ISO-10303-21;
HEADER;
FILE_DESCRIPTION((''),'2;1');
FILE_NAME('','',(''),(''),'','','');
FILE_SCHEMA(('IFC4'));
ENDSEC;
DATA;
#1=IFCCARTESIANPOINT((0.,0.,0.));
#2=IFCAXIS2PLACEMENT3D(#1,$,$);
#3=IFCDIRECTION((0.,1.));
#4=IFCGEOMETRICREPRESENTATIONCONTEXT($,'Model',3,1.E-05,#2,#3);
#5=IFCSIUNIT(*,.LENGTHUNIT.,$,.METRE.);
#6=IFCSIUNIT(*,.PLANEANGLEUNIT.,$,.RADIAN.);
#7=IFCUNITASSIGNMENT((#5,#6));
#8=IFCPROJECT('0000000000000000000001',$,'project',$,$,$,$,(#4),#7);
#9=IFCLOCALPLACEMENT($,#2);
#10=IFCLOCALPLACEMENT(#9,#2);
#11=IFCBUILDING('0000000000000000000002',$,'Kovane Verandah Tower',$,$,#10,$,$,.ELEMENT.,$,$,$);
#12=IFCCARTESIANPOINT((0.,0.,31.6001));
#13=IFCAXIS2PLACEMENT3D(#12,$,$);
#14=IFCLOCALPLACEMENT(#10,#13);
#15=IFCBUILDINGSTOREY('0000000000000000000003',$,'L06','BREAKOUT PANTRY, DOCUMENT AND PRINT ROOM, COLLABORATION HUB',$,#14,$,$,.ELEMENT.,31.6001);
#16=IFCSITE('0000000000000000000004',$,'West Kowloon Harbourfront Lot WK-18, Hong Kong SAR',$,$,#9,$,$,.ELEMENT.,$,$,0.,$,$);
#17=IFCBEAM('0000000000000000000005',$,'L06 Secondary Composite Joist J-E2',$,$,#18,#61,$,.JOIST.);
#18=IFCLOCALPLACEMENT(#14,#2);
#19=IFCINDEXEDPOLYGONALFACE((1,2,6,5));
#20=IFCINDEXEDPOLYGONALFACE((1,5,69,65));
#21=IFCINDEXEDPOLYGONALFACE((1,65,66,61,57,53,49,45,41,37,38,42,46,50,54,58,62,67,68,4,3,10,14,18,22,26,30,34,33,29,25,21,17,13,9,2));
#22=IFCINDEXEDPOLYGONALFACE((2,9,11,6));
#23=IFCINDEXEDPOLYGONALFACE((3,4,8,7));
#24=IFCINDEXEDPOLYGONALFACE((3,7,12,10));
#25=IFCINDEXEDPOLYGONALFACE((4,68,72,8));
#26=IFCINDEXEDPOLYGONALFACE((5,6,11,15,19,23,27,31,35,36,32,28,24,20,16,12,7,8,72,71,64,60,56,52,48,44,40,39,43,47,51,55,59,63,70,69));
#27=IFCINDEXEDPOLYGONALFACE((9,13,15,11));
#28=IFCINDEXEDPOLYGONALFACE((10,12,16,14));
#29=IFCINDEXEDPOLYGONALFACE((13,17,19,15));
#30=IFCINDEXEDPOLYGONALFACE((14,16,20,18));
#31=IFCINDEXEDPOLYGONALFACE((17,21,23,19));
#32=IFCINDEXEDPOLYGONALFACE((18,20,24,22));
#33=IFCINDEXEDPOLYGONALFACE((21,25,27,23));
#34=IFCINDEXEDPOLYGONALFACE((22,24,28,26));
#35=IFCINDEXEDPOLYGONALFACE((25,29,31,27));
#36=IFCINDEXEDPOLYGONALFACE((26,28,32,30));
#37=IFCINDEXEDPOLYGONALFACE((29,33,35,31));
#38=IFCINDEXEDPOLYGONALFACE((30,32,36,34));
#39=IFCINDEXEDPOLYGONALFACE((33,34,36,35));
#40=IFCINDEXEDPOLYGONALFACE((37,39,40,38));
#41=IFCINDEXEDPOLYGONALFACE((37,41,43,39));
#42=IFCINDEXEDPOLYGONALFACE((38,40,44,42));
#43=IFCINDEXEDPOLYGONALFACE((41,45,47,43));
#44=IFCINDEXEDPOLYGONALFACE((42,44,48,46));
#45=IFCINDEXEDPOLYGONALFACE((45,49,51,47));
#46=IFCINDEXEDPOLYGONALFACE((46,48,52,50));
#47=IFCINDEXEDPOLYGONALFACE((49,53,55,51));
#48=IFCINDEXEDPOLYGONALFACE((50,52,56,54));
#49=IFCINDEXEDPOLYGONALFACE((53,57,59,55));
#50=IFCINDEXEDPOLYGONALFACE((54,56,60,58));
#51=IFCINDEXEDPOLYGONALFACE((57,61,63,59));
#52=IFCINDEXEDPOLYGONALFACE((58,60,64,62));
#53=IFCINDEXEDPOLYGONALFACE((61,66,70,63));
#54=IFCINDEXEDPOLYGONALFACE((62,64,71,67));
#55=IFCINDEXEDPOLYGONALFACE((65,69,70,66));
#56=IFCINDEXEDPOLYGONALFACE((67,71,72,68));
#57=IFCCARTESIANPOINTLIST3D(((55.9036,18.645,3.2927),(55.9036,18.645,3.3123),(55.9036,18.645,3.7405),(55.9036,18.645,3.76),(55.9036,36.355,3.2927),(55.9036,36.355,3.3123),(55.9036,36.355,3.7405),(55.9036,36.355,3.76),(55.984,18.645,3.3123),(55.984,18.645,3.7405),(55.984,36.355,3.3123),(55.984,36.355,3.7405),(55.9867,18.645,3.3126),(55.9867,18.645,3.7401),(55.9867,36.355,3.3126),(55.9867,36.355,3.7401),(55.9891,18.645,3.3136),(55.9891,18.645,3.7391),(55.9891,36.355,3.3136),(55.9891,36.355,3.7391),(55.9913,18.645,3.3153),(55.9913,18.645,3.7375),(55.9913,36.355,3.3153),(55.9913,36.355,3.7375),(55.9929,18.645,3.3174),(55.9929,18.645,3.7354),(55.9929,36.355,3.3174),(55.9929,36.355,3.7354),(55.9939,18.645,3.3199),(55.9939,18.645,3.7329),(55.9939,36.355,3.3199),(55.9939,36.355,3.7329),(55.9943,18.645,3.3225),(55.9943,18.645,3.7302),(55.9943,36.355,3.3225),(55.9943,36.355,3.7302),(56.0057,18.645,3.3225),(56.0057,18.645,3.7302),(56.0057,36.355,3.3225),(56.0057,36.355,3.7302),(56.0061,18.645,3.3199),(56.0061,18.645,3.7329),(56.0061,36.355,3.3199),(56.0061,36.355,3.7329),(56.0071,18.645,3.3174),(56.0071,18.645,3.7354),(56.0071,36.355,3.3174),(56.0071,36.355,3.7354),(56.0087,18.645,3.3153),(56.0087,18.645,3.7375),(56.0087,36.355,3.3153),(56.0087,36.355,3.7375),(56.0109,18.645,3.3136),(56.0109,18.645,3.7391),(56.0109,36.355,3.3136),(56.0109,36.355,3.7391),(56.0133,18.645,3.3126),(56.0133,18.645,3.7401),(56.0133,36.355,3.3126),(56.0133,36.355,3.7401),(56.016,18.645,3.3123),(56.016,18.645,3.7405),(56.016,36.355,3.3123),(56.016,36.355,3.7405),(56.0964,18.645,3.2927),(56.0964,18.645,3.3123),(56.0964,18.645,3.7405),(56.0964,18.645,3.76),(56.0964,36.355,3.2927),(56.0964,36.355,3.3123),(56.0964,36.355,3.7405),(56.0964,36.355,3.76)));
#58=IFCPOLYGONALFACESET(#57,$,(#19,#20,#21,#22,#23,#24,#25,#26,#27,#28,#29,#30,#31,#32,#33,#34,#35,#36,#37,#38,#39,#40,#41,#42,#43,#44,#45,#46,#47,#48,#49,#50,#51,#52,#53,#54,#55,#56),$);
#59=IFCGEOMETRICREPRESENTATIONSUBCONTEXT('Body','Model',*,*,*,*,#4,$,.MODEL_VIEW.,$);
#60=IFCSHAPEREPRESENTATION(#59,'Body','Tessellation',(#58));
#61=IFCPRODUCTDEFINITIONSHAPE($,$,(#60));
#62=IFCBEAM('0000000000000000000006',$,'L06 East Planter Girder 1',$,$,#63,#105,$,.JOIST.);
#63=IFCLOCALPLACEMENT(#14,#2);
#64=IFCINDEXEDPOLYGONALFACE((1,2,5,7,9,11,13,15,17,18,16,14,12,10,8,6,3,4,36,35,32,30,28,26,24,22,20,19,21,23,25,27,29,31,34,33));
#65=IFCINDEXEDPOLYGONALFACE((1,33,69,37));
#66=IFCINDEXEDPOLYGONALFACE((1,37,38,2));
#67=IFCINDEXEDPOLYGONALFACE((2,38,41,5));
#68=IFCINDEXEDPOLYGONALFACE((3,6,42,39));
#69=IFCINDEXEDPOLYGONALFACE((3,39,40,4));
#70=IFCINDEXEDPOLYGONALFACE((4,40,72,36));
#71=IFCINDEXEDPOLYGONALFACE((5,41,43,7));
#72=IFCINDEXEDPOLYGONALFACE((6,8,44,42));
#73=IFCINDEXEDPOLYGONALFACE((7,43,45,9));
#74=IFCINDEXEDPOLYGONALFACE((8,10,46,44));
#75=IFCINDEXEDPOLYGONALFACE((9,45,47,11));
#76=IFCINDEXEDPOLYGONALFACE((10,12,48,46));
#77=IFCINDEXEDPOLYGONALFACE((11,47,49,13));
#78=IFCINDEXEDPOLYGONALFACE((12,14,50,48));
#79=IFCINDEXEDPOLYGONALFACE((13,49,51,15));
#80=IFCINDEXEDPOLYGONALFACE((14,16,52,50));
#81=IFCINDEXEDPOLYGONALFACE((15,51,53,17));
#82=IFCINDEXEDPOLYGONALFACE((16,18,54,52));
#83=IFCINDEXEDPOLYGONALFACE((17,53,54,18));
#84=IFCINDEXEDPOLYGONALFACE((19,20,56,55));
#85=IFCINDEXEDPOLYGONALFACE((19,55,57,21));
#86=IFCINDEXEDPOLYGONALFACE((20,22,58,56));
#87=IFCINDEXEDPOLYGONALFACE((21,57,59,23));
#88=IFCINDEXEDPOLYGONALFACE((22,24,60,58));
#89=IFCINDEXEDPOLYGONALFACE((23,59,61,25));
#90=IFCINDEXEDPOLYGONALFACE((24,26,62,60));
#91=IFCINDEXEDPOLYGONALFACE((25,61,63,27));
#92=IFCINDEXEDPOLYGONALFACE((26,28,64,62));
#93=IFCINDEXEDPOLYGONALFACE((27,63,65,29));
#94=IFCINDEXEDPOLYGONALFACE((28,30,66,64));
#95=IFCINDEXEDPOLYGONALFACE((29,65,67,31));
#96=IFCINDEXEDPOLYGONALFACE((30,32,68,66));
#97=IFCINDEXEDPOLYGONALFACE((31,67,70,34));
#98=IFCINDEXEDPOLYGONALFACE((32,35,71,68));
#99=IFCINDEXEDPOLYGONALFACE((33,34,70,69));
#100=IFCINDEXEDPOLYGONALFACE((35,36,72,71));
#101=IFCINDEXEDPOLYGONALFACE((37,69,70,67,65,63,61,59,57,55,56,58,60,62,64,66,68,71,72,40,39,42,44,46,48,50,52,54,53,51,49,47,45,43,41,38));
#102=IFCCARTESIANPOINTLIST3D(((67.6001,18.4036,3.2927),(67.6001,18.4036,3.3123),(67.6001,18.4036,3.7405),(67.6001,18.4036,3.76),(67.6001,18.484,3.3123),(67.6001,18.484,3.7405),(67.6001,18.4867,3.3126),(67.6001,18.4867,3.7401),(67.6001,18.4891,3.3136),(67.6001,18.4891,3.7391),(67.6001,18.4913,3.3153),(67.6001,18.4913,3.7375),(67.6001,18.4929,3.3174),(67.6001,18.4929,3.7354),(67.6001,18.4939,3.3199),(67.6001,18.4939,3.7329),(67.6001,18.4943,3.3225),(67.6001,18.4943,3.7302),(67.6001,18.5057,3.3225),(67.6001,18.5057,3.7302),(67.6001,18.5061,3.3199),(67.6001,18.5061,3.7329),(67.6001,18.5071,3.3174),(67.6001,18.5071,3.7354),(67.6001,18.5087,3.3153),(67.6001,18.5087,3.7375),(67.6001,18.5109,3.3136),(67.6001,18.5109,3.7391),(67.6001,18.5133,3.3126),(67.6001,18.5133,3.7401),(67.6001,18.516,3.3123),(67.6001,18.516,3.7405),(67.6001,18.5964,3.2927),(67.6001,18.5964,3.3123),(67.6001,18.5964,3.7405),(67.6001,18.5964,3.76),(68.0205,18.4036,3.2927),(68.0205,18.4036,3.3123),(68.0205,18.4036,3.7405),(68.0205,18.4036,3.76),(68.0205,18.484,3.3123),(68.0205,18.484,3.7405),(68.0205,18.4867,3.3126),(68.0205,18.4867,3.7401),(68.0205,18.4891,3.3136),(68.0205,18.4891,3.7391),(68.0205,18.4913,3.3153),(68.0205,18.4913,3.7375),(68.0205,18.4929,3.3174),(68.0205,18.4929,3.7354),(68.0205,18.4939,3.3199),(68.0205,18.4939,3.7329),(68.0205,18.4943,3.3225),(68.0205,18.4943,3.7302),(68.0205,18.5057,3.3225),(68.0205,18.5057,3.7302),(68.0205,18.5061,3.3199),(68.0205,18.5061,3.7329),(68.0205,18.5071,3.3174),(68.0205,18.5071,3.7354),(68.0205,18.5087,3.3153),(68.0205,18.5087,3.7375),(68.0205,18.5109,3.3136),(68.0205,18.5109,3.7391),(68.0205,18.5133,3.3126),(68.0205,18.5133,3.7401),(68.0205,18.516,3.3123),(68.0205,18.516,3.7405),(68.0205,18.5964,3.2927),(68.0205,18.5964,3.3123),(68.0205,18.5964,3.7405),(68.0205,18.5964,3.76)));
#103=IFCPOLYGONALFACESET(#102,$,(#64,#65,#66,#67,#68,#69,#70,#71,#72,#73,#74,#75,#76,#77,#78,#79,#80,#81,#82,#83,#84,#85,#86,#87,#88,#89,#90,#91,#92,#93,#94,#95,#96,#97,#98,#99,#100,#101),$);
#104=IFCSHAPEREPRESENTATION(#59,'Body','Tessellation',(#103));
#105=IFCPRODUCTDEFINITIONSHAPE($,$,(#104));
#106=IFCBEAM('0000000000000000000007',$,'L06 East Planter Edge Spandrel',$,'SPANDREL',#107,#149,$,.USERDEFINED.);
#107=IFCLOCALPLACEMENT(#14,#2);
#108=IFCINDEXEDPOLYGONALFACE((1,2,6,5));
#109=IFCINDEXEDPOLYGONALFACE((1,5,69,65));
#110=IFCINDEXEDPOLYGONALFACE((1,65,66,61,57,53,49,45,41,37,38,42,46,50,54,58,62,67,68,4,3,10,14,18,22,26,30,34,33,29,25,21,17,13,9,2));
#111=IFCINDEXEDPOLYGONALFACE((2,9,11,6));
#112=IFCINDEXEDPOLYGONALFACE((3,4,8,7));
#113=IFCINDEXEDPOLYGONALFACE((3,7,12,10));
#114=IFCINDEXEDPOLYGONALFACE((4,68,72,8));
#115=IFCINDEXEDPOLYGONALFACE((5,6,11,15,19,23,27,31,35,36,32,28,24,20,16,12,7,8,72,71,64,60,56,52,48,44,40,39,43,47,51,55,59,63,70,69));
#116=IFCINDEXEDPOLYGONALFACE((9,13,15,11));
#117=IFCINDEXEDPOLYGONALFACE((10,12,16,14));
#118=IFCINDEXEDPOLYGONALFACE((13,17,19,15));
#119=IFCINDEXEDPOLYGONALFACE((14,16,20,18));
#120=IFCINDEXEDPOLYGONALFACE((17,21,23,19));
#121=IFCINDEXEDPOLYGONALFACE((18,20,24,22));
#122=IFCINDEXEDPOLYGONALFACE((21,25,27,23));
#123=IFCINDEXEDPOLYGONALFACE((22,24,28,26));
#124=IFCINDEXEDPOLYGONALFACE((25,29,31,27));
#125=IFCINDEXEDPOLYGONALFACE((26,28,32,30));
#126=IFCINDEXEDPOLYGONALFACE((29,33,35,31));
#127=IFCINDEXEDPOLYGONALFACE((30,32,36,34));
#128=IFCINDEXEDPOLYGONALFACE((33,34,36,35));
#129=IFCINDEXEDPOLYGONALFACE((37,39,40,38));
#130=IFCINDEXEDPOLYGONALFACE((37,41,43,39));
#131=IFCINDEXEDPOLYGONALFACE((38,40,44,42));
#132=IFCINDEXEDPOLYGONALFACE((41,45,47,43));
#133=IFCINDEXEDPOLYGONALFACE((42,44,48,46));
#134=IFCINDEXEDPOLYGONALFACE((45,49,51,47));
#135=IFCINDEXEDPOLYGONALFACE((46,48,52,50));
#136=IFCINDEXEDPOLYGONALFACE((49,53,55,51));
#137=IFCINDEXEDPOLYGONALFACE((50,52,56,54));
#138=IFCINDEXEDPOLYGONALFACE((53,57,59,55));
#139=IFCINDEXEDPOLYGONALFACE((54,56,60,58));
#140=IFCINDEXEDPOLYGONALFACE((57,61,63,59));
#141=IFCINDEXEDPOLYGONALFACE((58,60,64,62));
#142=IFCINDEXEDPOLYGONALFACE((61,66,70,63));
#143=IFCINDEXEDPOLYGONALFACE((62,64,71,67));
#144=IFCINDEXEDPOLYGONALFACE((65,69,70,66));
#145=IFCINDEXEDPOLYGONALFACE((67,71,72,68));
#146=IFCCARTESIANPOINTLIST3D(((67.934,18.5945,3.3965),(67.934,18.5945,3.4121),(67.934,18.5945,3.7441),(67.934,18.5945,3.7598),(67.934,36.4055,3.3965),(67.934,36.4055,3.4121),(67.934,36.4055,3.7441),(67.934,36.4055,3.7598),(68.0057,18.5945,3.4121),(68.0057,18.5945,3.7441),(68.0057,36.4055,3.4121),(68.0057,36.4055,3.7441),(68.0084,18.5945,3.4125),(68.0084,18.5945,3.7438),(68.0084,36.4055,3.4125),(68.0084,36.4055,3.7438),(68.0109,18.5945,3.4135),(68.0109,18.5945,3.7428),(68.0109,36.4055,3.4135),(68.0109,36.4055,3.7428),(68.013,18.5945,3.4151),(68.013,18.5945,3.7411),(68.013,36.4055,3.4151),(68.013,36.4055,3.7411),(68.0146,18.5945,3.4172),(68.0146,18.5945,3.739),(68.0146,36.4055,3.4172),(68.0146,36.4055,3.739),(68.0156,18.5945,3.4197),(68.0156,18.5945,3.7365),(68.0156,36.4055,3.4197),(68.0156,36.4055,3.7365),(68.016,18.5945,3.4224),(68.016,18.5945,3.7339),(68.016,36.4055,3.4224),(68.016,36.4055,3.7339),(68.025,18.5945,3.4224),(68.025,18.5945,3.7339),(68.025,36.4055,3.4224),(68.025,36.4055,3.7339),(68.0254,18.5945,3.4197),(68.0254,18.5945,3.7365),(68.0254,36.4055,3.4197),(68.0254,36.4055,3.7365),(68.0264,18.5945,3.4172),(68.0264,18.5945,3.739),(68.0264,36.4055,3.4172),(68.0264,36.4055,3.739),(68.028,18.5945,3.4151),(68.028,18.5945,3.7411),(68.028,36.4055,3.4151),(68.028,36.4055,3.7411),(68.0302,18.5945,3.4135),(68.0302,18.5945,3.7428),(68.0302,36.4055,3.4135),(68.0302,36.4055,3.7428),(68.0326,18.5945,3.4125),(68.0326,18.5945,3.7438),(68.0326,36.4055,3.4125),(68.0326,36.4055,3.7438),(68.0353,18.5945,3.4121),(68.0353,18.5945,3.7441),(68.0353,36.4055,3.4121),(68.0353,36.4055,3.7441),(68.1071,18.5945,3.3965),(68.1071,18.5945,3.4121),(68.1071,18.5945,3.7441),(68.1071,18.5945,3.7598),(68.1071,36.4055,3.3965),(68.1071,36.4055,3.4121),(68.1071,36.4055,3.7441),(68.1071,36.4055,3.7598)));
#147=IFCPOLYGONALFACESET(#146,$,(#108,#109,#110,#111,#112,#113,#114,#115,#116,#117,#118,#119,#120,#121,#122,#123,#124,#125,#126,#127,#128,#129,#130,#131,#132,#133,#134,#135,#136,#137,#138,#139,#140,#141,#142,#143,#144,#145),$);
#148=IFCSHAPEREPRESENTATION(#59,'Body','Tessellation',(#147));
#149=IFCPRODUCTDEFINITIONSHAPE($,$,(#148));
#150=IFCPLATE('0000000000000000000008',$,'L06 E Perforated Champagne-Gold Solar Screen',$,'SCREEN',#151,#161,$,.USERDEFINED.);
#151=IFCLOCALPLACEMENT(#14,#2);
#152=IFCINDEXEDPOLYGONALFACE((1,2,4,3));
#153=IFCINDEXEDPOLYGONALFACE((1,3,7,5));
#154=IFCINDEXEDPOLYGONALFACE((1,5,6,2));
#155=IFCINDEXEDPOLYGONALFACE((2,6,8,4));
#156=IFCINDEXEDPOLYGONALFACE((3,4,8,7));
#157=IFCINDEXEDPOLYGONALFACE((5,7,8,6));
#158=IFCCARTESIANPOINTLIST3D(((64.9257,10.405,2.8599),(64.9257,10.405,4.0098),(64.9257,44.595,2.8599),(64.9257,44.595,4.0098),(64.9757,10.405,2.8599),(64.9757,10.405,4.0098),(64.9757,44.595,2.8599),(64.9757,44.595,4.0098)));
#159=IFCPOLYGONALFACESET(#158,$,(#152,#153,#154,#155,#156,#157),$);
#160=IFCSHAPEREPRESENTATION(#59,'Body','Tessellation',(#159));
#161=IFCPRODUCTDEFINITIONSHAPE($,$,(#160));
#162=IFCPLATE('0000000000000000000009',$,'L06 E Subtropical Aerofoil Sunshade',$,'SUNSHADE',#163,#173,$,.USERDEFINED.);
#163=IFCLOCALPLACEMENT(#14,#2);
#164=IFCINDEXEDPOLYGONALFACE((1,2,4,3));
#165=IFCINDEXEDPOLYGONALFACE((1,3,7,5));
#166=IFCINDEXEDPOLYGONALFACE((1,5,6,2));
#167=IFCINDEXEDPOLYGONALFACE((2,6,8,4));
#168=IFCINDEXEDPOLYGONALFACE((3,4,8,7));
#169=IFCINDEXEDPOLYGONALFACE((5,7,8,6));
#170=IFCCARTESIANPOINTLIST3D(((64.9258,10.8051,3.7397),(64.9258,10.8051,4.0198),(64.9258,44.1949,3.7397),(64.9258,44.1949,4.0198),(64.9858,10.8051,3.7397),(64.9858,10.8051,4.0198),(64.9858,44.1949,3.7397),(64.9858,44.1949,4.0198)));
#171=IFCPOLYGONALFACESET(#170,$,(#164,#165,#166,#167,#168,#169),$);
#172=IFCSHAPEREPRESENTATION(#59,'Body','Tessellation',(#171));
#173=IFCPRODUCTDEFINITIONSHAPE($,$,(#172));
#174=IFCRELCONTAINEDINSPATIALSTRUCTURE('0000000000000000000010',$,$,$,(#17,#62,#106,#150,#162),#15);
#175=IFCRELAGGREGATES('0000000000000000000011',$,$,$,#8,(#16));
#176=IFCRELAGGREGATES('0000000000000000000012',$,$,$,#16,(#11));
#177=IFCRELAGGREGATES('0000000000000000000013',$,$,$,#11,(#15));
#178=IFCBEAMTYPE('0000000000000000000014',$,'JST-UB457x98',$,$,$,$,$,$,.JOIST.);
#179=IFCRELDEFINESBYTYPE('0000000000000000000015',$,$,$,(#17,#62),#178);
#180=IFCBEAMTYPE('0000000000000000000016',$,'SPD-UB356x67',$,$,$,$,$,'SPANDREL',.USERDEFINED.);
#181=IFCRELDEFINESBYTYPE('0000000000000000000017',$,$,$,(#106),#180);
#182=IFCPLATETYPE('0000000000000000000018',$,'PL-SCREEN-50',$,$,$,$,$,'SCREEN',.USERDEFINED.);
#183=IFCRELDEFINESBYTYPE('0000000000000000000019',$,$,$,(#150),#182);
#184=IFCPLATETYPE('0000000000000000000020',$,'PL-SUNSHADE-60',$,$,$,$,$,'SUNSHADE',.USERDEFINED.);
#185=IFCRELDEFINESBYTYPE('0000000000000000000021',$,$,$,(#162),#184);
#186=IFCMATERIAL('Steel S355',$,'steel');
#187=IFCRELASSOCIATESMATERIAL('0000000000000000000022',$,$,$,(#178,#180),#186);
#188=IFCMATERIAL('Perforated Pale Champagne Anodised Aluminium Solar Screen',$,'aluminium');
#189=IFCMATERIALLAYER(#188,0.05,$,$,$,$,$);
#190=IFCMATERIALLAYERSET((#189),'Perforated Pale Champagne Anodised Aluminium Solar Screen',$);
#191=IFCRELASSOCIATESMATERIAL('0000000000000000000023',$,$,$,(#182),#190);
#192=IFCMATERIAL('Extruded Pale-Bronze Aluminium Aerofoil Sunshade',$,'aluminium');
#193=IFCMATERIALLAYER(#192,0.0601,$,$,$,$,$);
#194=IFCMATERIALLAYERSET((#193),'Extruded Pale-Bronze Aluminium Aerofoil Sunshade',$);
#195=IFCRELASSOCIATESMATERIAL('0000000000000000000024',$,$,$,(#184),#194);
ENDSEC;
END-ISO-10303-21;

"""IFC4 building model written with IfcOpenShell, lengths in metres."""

from ifc_helpers import new_model, si_unit, direction, frame, origin, origin_2d, place, context, subcontext, project, spatial, rectangle, i_section, extrude, material, layer, layer_set, material_profile, profile_set, type_object, element, save


model = new_model("IFC4")

# Units and contexts
model_context = context("Model", 3, precision=1e-05, world=origin(), true_north=direction((0.0, 1.0)))
body_context = subcontext(model_context, "Body", "Model", "MODEL_VIEW")
ifc_project = project(units=[si_unit("LENGTHUNIT", "METRE"), si_unit("PLANEANGLEUNIT", "RADIAN")], contexts=[model_context])

# Site, building, storey
site_placement = place(None, origin())
site = spatial("IfcSite", under=ifc_project, at=site_placement, Name="West Kowloon Harbourfront Lot WK-18, Hong Kong SAR", CompositionType="ELEMENT", RefElevation=0.0)
building_placement = place(site_placement, origin())
building = spatial("IfcBuilding", under=site, at=building_placement, Name="Kovane Verandah Tower", CompositionType="ELEMENT")
storey_placement = place(building_placement, frame((0.0, 0.0, 31.6001)))
storey = spatial("IfcBuildingStorey", under=building, at=storey_placement, Name="L06", Description="BREAKOUT PANTRY, DOCUMENT AND PRINT ROOM, COLLABORATION HUB", CompositionType="ELEMENT", Elevation=31.6001)

# Beams
ifc_material_1 = material(Name="Steel S355", Category="steel")
ifc_material_profile_1 = material_profile(ifc_material_1, i_section(OverallWidth=0.1929, OverallDepth=0.4673, WebThickness=0.0115, FlangeThickness=0.0195, FilletRadius=0.0103, at=origin_2d()), Name="UB457x191x98")
ifc_profile_set_1 = profile_set([ifc_material_profile_1], Name="Steel S355")
beam_type_1 = type_object("IfcBeamType", Name="JST-UB457x98", PredefinedType="JOIST", material=ifc_profile_set_1)
for number, where, z_axis, x_axis, name in (
    (1, (56.0, 18.645, 3.5264), (0.0, 1.0, 0.0), (-1.0, 0.0, 0.0), "L06 Secondary Composite Joist J-E2"),
):
    element("IfcBeam", number, at=place(storey_placement, frame(where, z_axis=z_axis, x_axis=x_axis)), inside=storey, type_object=beam_type_1, Name=name, PredefinedType="JOIST", context=body_context, shape_type="SweptSolid", body=[
        extrude(i_section(OverallWidth=0.1929, OverallDepth=0.4673, WebThickness=0.0115, FlangeThickness=0.0195, FilletRadius=0.0103, at=origin_2d()), origin(), (0.0, 0.0, 1.0), 17.71),
    ])
beam_1_placement = place(storey_placement, frame((67.6001, 18.5, 3.5264), z_axis=(1.0, 0.0, 0.0), x_axis=(0.0, 1.0, 0.0)))
element("IfcBeam", 2, at=beam_1_placement, inside=storey, type_object=beam_type_1, Name="L06 East Planter Girder 1", PredefinedType="JOIST", context=body_context, shape_type="SweptSolid", body=[
    extrude(i_section(OverallWidth=0.1929, OverallDepth=0.4673, WebThickness=0.0115, FlangeThickness=0.0195, FilletRadius=0.0103, at=origin_2d()), origin(), (0.0, 0.0, 1.0), 0.4204),
])
ifc_material_profile_2 = material_profile(ifc_material_1, i_section(OverallWidth=0.1731, OverallDepth=0.3633, WebThickness=0.009, FlangeThickness=0.0156, FilletRadius=0.0103, at=origin_2d()), Name="UB356x171x67")
ifc_profile_set_2 = profile_set([ifc_material_profile_2], Name="Steel S355")
beam_type_2 = type_object("IfcBeamType", Name="SPD-UB356x67", ElementType="SPANDREL", PredefinedType="USERDEFINED", material=ifc_profile_set_2)
beam_2_placement = place(storey_placement, frame((68.0205, 18.5945, 3.5781), z_axis=(0.0, 1.0, 0.0), x_axis=(-1.0, 0.0, 0.0)))
element("IfcBeam", 3, at=beam_2_placement, inside=storey, type_object=beam_type_2, Name="L06 East Planter Edge Spandrel", ObjectType="SPANDREL", PredefinedType="USERDEFINED", context=body_context, shape_type="SweptSolid", body=[
    extrude(i_section(OverallWidth=0.1731, OverallDepth=0.3633, WebThickness=0.009, FlangeThickness=0.0156, FilletRadius=0.0103, at=origin_2d()), origin(), (0.0, 0.0, 1.0), 17.811),
])

# Plates
ifc_material_2 = material(Name="Perforated Pale Champagne Anodised Aluminium Solar Screen", Category="aluminium")
ifc_layer_1 = layer(ifc_material_2, 0.05)
ifc_layer_set_1 = layer_set([ifc_layer_1], Name="Perforated Pale Champagne Anodised Aluminium Solar Screen")
plate_type_1 = type_object("IfcPlateType", Name="PL-SCREEN-50", ElementType="SCREEN", PredefinedType="USERDEFINED", material=ifc_layer_set_1)
plate_1_placement = place(storey_placement, frame((64.9507, 27.5, 2.8599), z_axis=(0.0, 0.0, 1.0), x_axis=(0.0, 1.0, 0.0)))
element("IfcPlate", 4, at=plate_1_placement, inside=storey, type_object=plate_type_1, Name="L06 E Perforated Champagne-Gold Solar Screen", ObjectType="SCREEN", PredefinedType="USERDEFINED", context=body_context, shape_type="SweptSolid", body=[
    extrude(rectangle(XDim=34.1899, YDim=0.05, at=origin_2d()), origin(), (0.0, 0.0, 1.0), 1.1499),
])
ifc_material_3 = material(Name="Extruded Pale-Bronze Aluminium Aerofoil Sunshade", Category="aluminium")
ifc_layer_2 = layer(ifc_material_3, 0.0601)
ifc_layer_set_2 = layer_set([ifc_layer_2], Name="Extruded Pale-Bronze Aluminium Aerofoil Sunshade")
plate_type_2 = type_object("IfcPlateType", Name="PL-SUNSHADE-60", ElementType="SUNSHADE", PredefinedType="USERDEFINED", material=ifc_layer_set_2)
plate_2_placement = place(storey_placement, frame((64.9558, 27.5, 3.7397), z_axis=(0.0, 0.0, 1.0), x_axis=(0.0, 1.0, 0.0)))
element("IfcPlate", 5, at=plate_2_placement, inside=storey, type_object=plate_type_2, Name="L06 E Subtropical Aerofoil Sunshade", ObjectType="SUNSHADE", PredefinedType="USERDEFINED", context=body_context, shape_type="SweptSolid", body=[
    extrude(rectangle(XDim=33.3899, YDim=0.0601, at=origin_2d()), origin(), (0.0, 0.0, 1.0), 0.28),
])

save(model, "model.ifc")
